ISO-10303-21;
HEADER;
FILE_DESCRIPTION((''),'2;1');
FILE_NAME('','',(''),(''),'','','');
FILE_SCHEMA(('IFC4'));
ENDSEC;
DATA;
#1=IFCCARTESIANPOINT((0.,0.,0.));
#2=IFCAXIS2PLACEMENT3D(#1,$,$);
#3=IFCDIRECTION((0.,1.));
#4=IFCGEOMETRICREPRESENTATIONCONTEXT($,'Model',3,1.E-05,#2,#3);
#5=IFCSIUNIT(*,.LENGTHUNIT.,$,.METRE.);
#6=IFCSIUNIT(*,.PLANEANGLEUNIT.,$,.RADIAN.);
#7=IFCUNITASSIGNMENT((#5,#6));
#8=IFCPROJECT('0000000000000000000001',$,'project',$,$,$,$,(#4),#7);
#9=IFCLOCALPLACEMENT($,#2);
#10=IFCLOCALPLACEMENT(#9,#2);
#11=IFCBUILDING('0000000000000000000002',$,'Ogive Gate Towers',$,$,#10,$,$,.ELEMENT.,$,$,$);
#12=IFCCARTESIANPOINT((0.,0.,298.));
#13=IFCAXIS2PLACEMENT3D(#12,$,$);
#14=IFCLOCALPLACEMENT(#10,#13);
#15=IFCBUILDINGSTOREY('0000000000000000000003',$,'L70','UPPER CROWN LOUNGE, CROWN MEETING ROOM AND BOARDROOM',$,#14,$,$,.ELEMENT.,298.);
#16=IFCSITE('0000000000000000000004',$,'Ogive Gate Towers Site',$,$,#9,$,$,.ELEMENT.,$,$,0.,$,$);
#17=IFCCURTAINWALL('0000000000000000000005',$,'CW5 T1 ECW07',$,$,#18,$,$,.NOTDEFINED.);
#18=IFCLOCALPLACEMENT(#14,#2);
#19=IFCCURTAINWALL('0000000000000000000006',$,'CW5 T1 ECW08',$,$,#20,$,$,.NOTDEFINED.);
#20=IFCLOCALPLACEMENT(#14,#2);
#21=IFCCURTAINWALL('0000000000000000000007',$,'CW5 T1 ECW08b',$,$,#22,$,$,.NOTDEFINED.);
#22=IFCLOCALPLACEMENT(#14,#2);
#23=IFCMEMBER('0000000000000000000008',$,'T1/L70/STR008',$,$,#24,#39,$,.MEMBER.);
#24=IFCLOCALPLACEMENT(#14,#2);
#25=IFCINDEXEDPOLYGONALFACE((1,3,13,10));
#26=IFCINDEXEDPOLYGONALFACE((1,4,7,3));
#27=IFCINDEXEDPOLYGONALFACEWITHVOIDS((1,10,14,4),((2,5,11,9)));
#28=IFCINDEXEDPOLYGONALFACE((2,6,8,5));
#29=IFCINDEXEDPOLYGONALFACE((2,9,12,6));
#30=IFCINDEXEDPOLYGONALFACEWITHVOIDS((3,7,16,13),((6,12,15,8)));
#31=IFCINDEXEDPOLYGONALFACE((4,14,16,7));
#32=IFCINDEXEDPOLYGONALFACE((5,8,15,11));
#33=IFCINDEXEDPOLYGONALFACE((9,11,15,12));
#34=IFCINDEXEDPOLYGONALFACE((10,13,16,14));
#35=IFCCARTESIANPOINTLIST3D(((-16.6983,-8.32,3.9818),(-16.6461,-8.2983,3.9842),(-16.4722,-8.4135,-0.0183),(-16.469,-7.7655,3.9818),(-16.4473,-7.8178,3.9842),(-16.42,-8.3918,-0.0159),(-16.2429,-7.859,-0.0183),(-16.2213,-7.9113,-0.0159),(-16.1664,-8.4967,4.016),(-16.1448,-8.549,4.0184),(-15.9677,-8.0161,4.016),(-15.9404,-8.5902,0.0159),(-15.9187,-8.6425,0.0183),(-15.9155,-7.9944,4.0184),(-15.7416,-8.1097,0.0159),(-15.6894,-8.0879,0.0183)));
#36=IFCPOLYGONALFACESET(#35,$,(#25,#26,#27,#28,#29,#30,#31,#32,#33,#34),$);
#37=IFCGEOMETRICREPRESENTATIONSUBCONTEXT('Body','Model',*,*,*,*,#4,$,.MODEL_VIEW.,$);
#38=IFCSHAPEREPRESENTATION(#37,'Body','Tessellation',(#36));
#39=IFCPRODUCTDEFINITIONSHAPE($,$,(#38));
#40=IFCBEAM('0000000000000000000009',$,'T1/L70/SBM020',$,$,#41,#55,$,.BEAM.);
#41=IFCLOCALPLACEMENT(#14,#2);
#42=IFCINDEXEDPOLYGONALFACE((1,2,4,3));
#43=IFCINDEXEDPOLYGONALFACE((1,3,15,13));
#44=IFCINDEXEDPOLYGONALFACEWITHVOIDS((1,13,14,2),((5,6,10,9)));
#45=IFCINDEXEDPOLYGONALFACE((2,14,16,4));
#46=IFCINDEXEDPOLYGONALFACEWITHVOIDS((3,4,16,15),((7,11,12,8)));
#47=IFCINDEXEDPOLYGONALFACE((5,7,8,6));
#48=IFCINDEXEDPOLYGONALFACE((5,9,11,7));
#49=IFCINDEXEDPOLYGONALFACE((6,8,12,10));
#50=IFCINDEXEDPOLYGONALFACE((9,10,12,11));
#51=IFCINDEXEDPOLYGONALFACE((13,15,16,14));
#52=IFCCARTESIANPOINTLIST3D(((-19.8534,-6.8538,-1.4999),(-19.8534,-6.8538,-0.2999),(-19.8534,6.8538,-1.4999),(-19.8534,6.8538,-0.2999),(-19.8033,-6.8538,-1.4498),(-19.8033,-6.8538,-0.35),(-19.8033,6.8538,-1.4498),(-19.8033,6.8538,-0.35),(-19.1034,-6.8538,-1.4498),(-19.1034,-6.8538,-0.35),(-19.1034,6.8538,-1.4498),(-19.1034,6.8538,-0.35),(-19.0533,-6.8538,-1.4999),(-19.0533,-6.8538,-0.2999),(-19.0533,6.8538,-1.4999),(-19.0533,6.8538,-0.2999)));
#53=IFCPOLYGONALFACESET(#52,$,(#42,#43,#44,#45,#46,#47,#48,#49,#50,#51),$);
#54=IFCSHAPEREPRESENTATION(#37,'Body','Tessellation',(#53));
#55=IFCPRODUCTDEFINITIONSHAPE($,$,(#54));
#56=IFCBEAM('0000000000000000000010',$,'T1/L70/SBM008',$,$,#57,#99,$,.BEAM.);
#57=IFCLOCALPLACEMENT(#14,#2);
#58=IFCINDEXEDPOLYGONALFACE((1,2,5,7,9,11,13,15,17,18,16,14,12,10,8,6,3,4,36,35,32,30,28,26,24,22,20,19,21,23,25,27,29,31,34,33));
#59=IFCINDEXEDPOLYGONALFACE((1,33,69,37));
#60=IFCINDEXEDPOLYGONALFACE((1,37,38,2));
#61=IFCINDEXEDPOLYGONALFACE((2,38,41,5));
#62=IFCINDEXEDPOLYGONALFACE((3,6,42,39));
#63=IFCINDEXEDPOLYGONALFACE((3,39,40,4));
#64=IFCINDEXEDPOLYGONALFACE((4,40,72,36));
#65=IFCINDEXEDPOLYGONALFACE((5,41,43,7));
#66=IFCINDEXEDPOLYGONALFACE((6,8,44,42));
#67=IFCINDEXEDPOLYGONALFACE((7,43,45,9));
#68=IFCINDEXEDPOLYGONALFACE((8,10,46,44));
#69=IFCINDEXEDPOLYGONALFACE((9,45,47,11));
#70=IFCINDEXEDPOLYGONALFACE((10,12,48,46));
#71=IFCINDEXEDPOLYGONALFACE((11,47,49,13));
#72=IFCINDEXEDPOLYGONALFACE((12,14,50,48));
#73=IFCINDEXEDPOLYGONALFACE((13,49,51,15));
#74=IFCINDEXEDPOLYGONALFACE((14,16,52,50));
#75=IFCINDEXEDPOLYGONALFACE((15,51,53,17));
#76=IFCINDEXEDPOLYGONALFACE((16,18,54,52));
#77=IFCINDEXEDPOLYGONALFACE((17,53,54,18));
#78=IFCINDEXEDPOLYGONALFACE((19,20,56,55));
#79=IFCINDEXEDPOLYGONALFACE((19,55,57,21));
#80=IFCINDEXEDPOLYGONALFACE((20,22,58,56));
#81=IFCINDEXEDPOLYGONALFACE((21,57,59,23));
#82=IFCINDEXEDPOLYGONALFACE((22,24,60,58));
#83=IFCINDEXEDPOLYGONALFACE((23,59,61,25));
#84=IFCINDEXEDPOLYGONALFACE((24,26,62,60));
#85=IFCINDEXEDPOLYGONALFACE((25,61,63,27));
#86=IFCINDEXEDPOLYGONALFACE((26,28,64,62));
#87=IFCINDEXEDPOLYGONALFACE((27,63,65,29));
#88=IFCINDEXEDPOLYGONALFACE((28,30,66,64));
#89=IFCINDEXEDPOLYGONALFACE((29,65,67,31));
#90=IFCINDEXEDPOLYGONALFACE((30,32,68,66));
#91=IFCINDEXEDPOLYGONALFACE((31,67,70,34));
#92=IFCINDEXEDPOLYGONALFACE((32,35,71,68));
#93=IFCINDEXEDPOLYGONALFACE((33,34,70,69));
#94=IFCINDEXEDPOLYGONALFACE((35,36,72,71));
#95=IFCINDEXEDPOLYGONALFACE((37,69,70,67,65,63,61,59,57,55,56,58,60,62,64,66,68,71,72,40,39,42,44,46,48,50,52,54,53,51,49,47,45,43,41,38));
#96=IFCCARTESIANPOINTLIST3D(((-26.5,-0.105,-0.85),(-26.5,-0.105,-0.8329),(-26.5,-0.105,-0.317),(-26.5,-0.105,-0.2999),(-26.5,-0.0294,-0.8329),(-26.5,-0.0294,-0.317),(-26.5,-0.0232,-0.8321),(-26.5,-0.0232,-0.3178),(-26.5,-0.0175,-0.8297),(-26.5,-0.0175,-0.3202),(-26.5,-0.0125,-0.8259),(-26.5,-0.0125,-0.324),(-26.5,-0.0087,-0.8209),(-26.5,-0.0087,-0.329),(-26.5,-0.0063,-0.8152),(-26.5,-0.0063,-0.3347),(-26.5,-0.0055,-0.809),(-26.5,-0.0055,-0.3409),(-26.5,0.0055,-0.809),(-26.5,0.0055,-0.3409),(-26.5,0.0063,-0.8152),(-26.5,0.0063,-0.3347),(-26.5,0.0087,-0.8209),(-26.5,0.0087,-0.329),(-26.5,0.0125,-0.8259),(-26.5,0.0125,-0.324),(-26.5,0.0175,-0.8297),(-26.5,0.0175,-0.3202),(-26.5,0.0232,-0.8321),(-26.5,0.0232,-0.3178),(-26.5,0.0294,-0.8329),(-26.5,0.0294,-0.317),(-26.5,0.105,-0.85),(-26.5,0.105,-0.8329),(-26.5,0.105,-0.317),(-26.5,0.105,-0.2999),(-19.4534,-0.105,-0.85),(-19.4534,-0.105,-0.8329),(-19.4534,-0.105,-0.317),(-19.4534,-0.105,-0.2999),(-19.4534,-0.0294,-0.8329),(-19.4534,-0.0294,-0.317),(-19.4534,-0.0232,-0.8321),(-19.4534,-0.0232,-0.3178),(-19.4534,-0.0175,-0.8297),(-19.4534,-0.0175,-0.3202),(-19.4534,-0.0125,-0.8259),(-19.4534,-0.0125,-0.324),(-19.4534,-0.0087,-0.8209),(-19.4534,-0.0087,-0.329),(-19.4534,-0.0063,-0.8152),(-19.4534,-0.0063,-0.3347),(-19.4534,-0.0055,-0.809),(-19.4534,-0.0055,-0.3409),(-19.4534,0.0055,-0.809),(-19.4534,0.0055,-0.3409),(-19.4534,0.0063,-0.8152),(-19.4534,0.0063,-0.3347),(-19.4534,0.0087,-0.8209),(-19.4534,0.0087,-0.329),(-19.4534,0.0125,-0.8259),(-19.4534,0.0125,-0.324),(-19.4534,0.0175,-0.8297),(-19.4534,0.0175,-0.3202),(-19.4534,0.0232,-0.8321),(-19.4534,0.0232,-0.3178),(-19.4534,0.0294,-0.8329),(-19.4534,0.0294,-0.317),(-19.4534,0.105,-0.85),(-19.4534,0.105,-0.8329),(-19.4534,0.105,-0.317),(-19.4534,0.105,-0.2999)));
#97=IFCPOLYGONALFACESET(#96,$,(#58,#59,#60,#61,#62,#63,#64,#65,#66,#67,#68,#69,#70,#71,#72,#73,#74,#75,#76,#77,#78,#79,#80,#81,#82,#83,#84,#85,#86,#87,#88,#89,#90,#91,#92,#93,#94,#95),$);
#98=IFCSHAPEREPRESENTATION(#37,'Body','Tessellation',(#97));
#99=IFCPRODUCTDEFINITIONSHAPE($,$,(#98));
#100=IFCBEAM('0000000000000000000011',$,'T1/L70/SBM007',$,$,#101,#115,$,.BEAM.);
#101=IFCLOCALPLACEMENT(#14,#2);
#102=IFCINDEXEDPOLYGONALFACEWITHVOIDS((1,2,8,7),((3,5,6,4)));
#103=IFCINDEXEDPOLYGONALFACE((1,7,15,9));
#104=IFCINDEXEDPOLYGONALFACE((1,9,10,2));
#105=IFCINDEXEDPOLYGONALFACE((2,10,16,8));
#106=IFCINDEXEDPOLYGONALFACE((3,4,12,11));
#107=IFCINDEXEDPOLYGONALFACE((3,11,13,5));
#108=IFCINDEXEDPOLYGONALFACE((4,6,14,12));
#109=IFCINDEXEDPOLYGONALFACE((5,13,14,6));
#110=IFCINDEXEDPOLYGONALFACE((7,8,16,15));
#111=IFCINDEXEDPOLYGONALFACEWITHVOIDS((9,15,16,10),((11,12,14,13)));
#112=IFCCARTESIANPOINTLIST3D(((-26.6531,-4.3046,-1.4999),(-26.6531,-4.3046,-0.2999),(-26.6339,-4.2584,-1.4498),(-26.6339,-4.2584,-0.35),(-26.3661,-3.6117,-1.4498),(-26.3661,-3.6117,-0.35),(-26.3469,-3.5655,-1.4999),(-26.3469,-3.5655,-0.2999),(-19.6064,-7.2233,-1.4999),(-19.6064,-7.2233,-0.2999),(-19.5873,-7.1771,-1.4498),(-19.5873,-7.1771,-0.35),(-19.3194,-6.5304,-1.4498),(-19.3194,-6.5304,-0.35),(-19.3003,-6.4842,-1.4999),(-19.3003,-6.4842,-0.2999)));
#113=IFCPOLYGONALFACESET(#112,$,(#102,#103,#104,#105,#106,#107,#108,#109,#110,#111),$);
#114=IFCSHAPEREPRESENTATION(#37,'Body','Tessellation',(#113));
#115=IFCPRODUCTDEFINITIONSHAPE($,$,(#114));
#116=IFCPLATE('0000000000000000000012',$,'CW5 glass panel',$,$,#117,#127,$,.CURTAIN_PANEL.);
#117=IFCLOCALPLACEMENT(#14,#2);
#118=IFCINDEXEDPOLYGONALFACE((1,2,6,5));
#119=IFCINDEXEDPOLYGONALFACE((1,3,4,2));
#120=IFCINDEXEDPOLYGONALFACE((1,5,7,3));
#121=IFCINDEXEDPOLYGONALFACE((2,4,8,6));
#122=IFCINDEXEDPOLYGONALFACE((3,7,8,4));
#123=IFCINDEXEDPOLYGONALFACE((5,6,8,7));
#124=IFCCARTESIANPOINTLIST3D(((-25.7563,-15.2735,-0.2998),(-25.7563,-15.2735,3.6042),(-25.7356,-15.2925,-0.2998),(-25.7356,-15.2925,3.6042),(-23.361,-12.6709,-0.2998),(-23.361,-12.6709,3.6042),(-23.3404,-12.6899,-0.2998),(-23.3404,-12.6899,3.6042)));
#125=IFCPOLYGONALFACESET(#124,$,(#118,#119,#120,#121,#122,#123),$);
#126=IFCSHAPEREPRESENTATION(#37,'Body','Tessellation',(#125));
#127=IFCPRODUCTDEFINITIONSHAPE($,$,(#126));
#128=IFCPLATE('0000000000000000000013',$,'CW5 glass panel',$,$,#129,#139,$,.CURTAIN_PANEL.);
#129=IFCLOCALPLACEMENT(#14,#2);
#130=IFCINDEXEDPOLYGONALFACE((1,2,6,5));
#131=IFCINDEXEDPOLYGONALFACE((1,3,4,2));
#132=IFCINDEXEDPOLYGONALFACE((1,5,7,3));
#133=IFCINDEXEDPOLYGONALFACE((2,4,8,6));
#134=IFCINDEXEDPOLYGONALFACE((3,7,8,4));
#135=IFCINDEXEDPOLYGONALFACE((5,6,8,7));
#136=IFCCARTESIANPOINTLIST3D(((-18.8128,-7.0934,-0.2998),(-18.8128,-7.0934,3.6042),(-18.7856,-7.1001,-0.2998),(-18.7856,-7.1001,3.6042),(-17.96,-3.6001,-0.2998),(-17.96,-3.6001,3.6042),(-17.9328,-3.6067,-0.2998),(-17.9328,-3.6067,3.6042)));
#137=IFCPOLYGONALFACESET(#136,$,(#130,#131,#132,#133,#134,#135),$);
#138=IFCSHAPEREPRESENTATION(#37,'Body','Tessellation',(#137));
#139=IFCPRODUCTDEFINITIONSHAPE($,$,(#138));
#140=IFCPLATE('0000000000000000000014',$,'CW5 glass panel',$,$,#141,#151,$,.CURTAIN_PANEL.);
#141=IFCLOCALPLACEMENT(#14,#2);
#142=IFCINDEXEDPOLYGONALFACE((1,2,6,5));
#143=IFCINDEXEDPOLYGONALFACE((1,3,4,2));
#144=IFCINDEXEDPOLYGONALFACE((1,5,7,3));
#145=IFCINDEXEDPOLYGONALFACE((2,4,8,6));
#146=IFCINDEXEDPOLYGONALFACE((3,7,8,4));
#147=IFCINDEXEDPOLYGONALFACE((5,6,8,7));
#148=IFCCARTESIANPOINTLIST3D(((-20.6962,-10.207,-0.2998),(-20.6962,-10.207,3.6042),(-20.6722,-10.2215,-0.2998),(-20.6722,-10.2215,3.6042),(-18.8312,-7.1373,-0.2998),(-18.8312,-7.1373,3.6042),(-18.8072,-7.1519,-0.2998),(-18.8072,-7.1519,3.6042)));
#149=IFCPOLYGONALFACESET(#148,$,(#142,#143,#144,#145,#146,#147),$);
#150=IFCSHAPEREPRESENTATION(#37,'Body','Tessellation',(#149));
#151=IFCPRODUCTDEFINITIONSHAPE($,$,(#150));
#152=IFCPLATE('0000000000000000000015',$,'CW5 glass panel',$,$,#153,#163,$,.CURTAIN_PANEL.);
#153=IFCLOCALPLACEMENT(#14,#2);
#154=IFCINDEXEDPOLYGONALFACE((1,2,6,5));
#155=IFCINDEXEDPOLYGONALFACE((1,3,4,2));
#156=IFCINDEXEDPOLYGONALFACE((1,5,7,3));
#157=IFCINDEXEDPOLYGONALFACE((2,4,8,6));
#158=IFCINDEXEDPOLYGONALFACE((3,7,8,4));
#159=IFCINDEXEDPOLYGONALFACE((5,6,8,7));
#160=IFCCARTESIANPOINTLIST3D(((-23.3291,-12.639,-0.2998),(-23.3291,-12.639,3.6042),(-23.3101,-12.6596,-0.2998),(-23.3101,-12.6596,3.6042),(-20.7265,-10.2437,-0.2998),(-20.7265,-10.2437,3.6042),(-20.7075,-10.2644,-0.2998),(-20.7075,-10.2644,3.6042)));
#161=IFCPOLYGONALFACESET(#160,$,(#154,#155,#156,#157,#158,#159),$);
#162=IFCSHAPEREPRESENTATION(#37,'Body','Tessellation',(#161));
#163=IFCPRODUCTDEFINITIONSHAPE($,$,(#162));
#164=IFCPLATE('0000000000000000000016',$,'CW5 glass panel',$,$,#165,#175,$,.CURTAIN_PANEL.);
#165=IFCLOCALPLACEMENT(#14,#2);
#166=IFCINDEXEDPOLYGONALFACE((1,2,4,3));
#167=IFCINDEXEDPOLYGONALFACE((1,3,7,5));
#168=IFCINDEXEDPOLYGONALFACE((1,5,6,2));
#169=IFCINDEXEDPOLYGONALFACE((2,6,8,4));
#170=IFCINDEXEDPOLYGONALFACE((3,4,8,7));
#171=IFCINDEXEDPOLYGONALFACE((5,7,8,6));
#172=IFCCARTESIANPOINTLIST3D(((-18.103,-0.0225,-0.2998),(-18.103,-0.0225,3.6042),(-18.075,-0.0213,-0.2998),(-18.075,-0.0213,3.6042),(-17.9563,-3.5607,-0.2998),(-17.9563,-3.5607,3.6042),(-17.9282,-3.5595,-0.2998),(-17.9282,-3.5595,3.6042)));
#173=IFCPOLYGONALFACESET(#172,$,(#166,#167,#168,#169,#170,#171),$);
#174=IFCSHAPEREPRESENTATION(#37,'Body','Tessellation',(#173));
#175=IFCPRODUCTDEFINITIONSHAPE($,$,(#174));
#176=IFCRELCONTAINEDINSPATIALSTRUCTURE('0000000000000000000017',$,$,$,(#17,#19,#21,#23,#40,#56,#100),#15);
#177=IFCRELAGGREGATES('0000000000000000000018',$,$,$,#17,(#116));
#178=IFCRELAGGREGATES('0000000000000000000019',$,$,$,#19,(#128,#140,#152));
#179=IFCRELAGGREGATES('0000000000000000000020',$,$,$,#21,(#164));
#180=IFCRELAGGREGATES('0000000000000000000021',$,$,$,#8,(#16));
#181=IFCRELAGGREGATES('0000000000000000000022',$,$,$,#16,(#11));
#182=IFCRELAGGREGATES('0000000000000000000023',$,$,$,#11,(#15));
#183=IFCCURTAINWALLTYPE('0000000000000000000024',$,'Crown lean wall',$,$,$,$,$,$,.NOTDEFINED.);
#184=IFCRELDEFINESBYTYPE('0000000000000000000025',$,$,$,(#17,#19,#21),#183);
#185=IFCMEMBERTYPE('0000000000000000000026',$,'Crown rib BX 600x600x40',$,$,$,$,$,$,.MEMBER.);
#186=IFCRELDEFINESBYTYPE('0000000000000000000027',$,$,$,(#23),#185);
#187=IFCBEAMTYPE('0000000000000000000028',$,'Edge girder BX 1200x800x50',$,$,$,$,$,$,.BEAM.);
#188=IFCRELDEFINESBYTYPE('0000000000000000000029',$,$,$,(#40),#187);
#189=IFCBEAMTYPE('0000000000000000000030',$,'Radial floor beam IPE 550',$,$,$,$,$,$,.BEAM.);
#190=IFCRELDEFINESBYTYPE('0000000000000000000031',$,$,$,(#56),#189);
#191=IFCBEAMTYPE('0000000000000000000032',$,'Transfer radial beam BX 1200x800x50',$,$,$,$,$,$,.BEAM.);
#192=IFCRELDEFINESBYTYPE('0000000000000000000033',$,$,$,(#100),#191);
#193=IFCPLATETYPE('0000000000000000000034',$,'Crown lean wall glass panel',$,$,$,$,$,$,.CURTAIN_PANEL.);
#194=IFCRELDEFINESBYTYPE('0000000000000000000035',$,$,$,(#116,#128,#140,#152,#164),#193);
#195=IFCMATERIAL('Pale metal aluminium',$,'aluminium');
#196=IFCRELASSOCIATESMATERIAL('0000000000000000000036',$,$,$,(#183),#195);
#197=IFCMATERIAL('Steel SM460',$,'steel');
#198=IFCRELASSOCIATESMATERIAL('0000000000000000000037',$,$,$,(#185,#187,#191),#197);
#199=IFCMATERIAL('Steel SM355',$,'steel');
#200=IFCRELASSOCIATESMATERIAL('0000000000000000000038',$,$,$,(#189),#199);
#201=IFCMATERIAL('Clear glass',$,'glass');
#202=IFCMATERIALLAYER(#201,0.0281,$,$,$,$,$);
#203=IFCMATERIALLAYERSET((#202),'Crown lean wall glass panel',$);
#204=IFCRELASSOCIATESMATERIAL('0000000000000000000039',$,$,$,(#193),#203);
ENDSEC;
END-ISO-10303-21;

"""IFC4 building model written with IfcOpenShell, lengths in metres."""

from ifc_helpers import new_model, si_unit, direction, frame, origin, origin_2d, place, context, subcontext, project, spatial, rectangle, hollow_rectangle, i_section, extrude, material, layer, layer_set, material_profile, profile_set, type_object, element, aggregate, save


model = new_model("IFC4")

# Units and contexts
model_context = context("Model", 3, precision=1e-05, world=origin(), true_north=direction((0.0, 1.0)))
body_context = subcontext(model_context, "Body", "Model", "MODEL_VIEW")
ifc_project = project(units=[si_unit("LENGTHUNIT", "METRE"), si_unit("PLANEANGLEUNIT", "RADIAN")], contexts=[model_context])

# Site, building, storey
site_placement = place(None, origin())
site = spatial("IfcSite", under=ifc_project, at=site_placement, Name="Ogive Gate Towers Site", CompositionType="ELEMENT", RefElevation=0.0)
building_placement = place(site_placement, origin())
building = spatial("IfcBuilding", under=site, at=building_placement, Name="Ogive Gate Towers", CompositionType="ELEMENT")
storey_placement = place(building_placement, frame((0.0, 0.0, 298.0)))
storey = spatial("IfcBuildingStorey", under=building, at=storey_placement, Name="L70", Description="UPPER CROWN LOUNGE, CROWN MEETING ROOM AND BOARDROOM", CompositionType="ELEMENT", Elevation=298.0)

# Shared definitions
ifc_material_1 = material(Name="Steel SM460", Category="steel")

# Shared definitions
ifc_material_2 = material(Name="Pale metal aluminium", Category="aluminium")
curtain_wall_type = type_object("IfcCurtainWallType", Name="Crown lean wall", PredefinedType="NOTDEFINED", material=ifc_material_2)

# Curtain walls
curtain_wall_1_placement = place(storey_placement, origin())
curtain_wall_1 = element("IfcCurtainWall", 1, at=curtain_wall_1_placement, inside=storey, type_object=curtain_wall_type, Name="CW5 T1 ECW07", PredefinedType="NOTDEFINED")
curtain_wall_2_placement = place(storey_placement, origin())
curtain_wall_2 = element("IfcCurtainWall", 2, at=curtain_wall_2_placement, inside=storey, type_object=curtain_wall_type, Name="CW5 T1 ECW08", PredefinedType="NOTDEFINED")

# Curtain wall
curtain_wall_3_placement = place(storey_placement, origin())
curtain_wall_3 = element("IfcCurtainWall", 3, at=curtain_wall_3_placement, inside=storey, type_object=curtain_wall_type, Name="CW5 T1 ECW08b", PredefinedType="NOTDEFINED")

# Member
ifc_material_profile_1 = material_profile(ifc_material_1, hollow_rectangle(XDim=0.6001, YDim=0.6001, WallThickness=0.04, at=origin_2d()), Name="BX 600x600x40")
ifc_profile_set_1 = profile_set([ifc_material_profile_1], Name="Steel SM460")
member_type_1 = type_object("IfcMemberType", Name="Crown rib BX 600x600x40", PredefinedType="MEMBER", material=ifc_profile_set_1)
member_1_placement = place(storey_placement, frame((-16.0808, -8.2507, 0.0), z_axis=(-0.056413, 0.023333, 0.998135), x_axis=(-0.382205, -0.924078, 0.0)))
element("IfcMember", 4, at=member_1_placement, inside=storey, type_object=member_type_1, Name="T1/L70/STR008", PredefinedType="MEMBER", context=body_context, shape_type="SweptSolid", body=[
    extrude(hollow_rectangle(XDim=0.6001, YDim=0.6001, WallThickness=0.04, at=origin_2d()), origin(), (0.0, 0.0, 1.0), 4.0076),
])

# Beams
ifc_material_profile_2 = material_profile(ifc_material_1, hollow_rectangle(XDim=0.8, YDim=1.2, WallThickness=0.05, at=origin_2d()), Name="BX 1200x800x50")
ifc_profile_set_2 = profile_set([ifc_material_profile_2], Name="Steel SM460")
beam_type_1 = type_object("IfcBeamType", Name="Edge girder BX 1200x800x50", PredefinedType="BEAM", material=ifc_profile_set_2)
beam_1_placement = place(storey_placement, frame((-19.4534, -6.8538, -0.8999), z_axis=(0.0, 1.0, 0.0), x_axis=(-1.0, 0.0, 0.0)))
element("IfcBeam", 5, at=beam_1_placement, inside=storey, type_object=beam_type_1, Name="T1/L70/SBM020", PredefinedType="BEAM", context=body_context, shape_type="SweptSolid", body=[
    extrude(hollow_rectangle(XDim=0.8, YDim=1.2, WallThickness=0.05, at=origin_2d()), origin(), (0.0, 0.0, 1.0), 13.7075),
])
ifc_material_3 = material(Name="Steel SM355", Category="steel")
ifc_material_profile_3 = material_profile(ifc_material_3, i_section(OverallWidth=0.21, OverallDepth=0.55, WebThickness=0.011, FlangeThickness=0.0171, FilletRadius=0.0239, at=origin_2d()), Name="IPE 550")
ifc_profile_set_3 = profile_set([ifc_material_profile_3], Name="Steel SM355")
beam_type_2 = type_object("IfcBeamType", Name="Radial floor beam IPE 550", PredefinedType="BEAM", material=ifc_profile_set_3)
beam_2_placement = place(storey_placement, frame((-26.5, 0.0, -0.575), z_axis=(1.0, 0.0, 0.0), x_axis=(0.0, 1.0, 0.0)))
element("IfcBeam", 6, at=beam_2_placement, inside=storey, type_object=beam_type_2, Name="T1/L70/SBM008", PredefinedType="BEAM", context=body_context, shape_type="SweptSolid", body=[
    extrude(i_section(OverallWidth=0.21, OverallDepth=0.55, WebThickness=0.011, FlangeThickness=0.0171, FilletRadius=0.0239, at=origin_2d()), origin(), (0.0, 0.0, 1.0), 7.0466),
])
ifc_material_profile_4 = material_profile(ifc_material_1, hollow_rectangle(XDim=0.8, YDim=1.2, WallThickness=0.05, at=origin_2d()), Name="BX 1200x800x50")
ifc_profile_set_4 = profile_set([ifc_material_profile_4], Name="Steel SM460")
beam_type_3 = type_object("IfcBeamType", Name="Transfer radial beam BX 1200x800x50", PredefinedType="BEAM", material=ifc_profile_set_4)
beam_3_placement = place(storey_placement, frame((-26.5, -3.9351, -0.8999), z_axis=(0.923885, -0.382671, 0.0), x_axis=(0.382671, 0.923885, 0.0)))
element("IfcBeam", 7, at=beam_3_placement, inside=storey, type_object=beam_type_3, Name="T1/L70/SBM007", PredefinedType="BEAM", context=body_context, shape_type="SweptSolid", body=[
    extrude(hollow_rectangle(XDim=0.8, YDim=1.2, WallThickness=0.05, at=origin_2d()), origin(), (0.0, 0.0, 1.0), 7.6272),
])

# Plates
ifc_material_4 = material(Name="Clear glass", Category="glass")
ifc_layer_1 = layer(ifc_material_4, 0.0281)
ifc_layer_set_1 = layer_set([ifc_layer_1], Name="Crown lean wall glass panel")
plate_type = type_object("IfcPlateType", Name="Crown lean wall glass panel", PredefinedType="CURTAIN_PANEL", material=ifc_layer_set_1)
plate_1_placement = place(storey_placement, frame((-24.5483, -13.9817, -0.2998), z_axis=(0.0, 0.0, 1.0), x_axis=(-0.677184, -0.735813, 0.0)))
plate_1 = element("IfcPlate", 8, at=plate_1_placement, type_object=plate_type, Name="CW5 glass panel", PredefinedType="CURTAIN_PANEL", context=body_context, shape_type="SweptSolid", body=[
    extrude(rectangle(XDim=3.5371, YDim=0.0281, at=origin_2d()), origin(), (0.0, 0.0, 1.0), 3.9041),
])
aggregate(curtain_wall_1, [plate_1])
plate_2_placement = place(storey_placement, frame((-18.3728, -5.3501, -0.2998), z_axis=(0.0, 0.0, 1.0), x_axis=(-0.23716, -0.971471, 0.0)))
plate_2 = element("IfcPlate", 9, at=plate_2_placement, type_object=plate_type, Name="CW5 glass panel", PredefinedType="CURTAIN_PANEL", context=body_context, shape_type="SweptSolid", body=[
    extrude(rectangle(XDim=3.5959, YDim=0.0281, at=origin_2d()), origin(), (0.0, 0.0, 1.0), 3.9041),
])
plate_3_placement = place(storey_placement, frame((-19.7517, -8.6794, -0.2998), z_axis=(0.0, 0.0, 1.0), x_axis=(-0.519251, -0.854622, 0.0)))
plate_3 = element("IfcPlate", 10, at=plate_3_placement, type_object=plate_type, Name="CW5 glass panel", PredefinedType="CURTAIN_PANEL", context=body_context, shape_type="SweptSolid", body=[
    extrude(rectangle(XDim=3.5918, YDim=0.0281, at=origin_2d()), origin(), (0.0, 0.0, 1.0), 3.9041),
])
plate_4_placement = place(storey_placement, frame((-22.0183, -11.4517, -0.2998), z_axis=(0.0, 0.0, 1.0), x_axis=(-0.735813, -0.677184, 0.0)))
plate_4 = element("IfcPlate", 11, at=plate_4_placement, type_object=plate_type, Name="CW5 glass panel", PredefinedType="CURTAIN_PANEL", context=body_context, shape_type="SweptSolid", body=[
    extrude(rectangle(XDim=3.5371, YDim=0.0281, at=origin_2d()), origin(), (0.0, 0.0, 1.0), 3.9041),
])
aggregate(curtain_wall_2, [plate_2, plate_3, plate_4])
plate_5_placement = place(storey_placement, frame((-18.0156, -1.791, -0.2998), z_axis=(0.0, 0.0, 1.0), x_axis=(0.04144, -0.999141, 0.0)))
plate_5 = element("IfcPlate", 12, at=plate_5_placement, type_object=plate_type, Name="CW5 glass panel", PredefinedType="CURTAIN_PANEL", context=body_context, shape_type="SweptSolid", body=[
    extrude(rectangle(XDim=3.5413, YDim=0.0281, at=origin_2d()), origin(), (0.0, 0.0, 1.0), 3.9041),
])
aggregate(curtain_wall_3, [plate_5])

save(model, "model.ifc")
